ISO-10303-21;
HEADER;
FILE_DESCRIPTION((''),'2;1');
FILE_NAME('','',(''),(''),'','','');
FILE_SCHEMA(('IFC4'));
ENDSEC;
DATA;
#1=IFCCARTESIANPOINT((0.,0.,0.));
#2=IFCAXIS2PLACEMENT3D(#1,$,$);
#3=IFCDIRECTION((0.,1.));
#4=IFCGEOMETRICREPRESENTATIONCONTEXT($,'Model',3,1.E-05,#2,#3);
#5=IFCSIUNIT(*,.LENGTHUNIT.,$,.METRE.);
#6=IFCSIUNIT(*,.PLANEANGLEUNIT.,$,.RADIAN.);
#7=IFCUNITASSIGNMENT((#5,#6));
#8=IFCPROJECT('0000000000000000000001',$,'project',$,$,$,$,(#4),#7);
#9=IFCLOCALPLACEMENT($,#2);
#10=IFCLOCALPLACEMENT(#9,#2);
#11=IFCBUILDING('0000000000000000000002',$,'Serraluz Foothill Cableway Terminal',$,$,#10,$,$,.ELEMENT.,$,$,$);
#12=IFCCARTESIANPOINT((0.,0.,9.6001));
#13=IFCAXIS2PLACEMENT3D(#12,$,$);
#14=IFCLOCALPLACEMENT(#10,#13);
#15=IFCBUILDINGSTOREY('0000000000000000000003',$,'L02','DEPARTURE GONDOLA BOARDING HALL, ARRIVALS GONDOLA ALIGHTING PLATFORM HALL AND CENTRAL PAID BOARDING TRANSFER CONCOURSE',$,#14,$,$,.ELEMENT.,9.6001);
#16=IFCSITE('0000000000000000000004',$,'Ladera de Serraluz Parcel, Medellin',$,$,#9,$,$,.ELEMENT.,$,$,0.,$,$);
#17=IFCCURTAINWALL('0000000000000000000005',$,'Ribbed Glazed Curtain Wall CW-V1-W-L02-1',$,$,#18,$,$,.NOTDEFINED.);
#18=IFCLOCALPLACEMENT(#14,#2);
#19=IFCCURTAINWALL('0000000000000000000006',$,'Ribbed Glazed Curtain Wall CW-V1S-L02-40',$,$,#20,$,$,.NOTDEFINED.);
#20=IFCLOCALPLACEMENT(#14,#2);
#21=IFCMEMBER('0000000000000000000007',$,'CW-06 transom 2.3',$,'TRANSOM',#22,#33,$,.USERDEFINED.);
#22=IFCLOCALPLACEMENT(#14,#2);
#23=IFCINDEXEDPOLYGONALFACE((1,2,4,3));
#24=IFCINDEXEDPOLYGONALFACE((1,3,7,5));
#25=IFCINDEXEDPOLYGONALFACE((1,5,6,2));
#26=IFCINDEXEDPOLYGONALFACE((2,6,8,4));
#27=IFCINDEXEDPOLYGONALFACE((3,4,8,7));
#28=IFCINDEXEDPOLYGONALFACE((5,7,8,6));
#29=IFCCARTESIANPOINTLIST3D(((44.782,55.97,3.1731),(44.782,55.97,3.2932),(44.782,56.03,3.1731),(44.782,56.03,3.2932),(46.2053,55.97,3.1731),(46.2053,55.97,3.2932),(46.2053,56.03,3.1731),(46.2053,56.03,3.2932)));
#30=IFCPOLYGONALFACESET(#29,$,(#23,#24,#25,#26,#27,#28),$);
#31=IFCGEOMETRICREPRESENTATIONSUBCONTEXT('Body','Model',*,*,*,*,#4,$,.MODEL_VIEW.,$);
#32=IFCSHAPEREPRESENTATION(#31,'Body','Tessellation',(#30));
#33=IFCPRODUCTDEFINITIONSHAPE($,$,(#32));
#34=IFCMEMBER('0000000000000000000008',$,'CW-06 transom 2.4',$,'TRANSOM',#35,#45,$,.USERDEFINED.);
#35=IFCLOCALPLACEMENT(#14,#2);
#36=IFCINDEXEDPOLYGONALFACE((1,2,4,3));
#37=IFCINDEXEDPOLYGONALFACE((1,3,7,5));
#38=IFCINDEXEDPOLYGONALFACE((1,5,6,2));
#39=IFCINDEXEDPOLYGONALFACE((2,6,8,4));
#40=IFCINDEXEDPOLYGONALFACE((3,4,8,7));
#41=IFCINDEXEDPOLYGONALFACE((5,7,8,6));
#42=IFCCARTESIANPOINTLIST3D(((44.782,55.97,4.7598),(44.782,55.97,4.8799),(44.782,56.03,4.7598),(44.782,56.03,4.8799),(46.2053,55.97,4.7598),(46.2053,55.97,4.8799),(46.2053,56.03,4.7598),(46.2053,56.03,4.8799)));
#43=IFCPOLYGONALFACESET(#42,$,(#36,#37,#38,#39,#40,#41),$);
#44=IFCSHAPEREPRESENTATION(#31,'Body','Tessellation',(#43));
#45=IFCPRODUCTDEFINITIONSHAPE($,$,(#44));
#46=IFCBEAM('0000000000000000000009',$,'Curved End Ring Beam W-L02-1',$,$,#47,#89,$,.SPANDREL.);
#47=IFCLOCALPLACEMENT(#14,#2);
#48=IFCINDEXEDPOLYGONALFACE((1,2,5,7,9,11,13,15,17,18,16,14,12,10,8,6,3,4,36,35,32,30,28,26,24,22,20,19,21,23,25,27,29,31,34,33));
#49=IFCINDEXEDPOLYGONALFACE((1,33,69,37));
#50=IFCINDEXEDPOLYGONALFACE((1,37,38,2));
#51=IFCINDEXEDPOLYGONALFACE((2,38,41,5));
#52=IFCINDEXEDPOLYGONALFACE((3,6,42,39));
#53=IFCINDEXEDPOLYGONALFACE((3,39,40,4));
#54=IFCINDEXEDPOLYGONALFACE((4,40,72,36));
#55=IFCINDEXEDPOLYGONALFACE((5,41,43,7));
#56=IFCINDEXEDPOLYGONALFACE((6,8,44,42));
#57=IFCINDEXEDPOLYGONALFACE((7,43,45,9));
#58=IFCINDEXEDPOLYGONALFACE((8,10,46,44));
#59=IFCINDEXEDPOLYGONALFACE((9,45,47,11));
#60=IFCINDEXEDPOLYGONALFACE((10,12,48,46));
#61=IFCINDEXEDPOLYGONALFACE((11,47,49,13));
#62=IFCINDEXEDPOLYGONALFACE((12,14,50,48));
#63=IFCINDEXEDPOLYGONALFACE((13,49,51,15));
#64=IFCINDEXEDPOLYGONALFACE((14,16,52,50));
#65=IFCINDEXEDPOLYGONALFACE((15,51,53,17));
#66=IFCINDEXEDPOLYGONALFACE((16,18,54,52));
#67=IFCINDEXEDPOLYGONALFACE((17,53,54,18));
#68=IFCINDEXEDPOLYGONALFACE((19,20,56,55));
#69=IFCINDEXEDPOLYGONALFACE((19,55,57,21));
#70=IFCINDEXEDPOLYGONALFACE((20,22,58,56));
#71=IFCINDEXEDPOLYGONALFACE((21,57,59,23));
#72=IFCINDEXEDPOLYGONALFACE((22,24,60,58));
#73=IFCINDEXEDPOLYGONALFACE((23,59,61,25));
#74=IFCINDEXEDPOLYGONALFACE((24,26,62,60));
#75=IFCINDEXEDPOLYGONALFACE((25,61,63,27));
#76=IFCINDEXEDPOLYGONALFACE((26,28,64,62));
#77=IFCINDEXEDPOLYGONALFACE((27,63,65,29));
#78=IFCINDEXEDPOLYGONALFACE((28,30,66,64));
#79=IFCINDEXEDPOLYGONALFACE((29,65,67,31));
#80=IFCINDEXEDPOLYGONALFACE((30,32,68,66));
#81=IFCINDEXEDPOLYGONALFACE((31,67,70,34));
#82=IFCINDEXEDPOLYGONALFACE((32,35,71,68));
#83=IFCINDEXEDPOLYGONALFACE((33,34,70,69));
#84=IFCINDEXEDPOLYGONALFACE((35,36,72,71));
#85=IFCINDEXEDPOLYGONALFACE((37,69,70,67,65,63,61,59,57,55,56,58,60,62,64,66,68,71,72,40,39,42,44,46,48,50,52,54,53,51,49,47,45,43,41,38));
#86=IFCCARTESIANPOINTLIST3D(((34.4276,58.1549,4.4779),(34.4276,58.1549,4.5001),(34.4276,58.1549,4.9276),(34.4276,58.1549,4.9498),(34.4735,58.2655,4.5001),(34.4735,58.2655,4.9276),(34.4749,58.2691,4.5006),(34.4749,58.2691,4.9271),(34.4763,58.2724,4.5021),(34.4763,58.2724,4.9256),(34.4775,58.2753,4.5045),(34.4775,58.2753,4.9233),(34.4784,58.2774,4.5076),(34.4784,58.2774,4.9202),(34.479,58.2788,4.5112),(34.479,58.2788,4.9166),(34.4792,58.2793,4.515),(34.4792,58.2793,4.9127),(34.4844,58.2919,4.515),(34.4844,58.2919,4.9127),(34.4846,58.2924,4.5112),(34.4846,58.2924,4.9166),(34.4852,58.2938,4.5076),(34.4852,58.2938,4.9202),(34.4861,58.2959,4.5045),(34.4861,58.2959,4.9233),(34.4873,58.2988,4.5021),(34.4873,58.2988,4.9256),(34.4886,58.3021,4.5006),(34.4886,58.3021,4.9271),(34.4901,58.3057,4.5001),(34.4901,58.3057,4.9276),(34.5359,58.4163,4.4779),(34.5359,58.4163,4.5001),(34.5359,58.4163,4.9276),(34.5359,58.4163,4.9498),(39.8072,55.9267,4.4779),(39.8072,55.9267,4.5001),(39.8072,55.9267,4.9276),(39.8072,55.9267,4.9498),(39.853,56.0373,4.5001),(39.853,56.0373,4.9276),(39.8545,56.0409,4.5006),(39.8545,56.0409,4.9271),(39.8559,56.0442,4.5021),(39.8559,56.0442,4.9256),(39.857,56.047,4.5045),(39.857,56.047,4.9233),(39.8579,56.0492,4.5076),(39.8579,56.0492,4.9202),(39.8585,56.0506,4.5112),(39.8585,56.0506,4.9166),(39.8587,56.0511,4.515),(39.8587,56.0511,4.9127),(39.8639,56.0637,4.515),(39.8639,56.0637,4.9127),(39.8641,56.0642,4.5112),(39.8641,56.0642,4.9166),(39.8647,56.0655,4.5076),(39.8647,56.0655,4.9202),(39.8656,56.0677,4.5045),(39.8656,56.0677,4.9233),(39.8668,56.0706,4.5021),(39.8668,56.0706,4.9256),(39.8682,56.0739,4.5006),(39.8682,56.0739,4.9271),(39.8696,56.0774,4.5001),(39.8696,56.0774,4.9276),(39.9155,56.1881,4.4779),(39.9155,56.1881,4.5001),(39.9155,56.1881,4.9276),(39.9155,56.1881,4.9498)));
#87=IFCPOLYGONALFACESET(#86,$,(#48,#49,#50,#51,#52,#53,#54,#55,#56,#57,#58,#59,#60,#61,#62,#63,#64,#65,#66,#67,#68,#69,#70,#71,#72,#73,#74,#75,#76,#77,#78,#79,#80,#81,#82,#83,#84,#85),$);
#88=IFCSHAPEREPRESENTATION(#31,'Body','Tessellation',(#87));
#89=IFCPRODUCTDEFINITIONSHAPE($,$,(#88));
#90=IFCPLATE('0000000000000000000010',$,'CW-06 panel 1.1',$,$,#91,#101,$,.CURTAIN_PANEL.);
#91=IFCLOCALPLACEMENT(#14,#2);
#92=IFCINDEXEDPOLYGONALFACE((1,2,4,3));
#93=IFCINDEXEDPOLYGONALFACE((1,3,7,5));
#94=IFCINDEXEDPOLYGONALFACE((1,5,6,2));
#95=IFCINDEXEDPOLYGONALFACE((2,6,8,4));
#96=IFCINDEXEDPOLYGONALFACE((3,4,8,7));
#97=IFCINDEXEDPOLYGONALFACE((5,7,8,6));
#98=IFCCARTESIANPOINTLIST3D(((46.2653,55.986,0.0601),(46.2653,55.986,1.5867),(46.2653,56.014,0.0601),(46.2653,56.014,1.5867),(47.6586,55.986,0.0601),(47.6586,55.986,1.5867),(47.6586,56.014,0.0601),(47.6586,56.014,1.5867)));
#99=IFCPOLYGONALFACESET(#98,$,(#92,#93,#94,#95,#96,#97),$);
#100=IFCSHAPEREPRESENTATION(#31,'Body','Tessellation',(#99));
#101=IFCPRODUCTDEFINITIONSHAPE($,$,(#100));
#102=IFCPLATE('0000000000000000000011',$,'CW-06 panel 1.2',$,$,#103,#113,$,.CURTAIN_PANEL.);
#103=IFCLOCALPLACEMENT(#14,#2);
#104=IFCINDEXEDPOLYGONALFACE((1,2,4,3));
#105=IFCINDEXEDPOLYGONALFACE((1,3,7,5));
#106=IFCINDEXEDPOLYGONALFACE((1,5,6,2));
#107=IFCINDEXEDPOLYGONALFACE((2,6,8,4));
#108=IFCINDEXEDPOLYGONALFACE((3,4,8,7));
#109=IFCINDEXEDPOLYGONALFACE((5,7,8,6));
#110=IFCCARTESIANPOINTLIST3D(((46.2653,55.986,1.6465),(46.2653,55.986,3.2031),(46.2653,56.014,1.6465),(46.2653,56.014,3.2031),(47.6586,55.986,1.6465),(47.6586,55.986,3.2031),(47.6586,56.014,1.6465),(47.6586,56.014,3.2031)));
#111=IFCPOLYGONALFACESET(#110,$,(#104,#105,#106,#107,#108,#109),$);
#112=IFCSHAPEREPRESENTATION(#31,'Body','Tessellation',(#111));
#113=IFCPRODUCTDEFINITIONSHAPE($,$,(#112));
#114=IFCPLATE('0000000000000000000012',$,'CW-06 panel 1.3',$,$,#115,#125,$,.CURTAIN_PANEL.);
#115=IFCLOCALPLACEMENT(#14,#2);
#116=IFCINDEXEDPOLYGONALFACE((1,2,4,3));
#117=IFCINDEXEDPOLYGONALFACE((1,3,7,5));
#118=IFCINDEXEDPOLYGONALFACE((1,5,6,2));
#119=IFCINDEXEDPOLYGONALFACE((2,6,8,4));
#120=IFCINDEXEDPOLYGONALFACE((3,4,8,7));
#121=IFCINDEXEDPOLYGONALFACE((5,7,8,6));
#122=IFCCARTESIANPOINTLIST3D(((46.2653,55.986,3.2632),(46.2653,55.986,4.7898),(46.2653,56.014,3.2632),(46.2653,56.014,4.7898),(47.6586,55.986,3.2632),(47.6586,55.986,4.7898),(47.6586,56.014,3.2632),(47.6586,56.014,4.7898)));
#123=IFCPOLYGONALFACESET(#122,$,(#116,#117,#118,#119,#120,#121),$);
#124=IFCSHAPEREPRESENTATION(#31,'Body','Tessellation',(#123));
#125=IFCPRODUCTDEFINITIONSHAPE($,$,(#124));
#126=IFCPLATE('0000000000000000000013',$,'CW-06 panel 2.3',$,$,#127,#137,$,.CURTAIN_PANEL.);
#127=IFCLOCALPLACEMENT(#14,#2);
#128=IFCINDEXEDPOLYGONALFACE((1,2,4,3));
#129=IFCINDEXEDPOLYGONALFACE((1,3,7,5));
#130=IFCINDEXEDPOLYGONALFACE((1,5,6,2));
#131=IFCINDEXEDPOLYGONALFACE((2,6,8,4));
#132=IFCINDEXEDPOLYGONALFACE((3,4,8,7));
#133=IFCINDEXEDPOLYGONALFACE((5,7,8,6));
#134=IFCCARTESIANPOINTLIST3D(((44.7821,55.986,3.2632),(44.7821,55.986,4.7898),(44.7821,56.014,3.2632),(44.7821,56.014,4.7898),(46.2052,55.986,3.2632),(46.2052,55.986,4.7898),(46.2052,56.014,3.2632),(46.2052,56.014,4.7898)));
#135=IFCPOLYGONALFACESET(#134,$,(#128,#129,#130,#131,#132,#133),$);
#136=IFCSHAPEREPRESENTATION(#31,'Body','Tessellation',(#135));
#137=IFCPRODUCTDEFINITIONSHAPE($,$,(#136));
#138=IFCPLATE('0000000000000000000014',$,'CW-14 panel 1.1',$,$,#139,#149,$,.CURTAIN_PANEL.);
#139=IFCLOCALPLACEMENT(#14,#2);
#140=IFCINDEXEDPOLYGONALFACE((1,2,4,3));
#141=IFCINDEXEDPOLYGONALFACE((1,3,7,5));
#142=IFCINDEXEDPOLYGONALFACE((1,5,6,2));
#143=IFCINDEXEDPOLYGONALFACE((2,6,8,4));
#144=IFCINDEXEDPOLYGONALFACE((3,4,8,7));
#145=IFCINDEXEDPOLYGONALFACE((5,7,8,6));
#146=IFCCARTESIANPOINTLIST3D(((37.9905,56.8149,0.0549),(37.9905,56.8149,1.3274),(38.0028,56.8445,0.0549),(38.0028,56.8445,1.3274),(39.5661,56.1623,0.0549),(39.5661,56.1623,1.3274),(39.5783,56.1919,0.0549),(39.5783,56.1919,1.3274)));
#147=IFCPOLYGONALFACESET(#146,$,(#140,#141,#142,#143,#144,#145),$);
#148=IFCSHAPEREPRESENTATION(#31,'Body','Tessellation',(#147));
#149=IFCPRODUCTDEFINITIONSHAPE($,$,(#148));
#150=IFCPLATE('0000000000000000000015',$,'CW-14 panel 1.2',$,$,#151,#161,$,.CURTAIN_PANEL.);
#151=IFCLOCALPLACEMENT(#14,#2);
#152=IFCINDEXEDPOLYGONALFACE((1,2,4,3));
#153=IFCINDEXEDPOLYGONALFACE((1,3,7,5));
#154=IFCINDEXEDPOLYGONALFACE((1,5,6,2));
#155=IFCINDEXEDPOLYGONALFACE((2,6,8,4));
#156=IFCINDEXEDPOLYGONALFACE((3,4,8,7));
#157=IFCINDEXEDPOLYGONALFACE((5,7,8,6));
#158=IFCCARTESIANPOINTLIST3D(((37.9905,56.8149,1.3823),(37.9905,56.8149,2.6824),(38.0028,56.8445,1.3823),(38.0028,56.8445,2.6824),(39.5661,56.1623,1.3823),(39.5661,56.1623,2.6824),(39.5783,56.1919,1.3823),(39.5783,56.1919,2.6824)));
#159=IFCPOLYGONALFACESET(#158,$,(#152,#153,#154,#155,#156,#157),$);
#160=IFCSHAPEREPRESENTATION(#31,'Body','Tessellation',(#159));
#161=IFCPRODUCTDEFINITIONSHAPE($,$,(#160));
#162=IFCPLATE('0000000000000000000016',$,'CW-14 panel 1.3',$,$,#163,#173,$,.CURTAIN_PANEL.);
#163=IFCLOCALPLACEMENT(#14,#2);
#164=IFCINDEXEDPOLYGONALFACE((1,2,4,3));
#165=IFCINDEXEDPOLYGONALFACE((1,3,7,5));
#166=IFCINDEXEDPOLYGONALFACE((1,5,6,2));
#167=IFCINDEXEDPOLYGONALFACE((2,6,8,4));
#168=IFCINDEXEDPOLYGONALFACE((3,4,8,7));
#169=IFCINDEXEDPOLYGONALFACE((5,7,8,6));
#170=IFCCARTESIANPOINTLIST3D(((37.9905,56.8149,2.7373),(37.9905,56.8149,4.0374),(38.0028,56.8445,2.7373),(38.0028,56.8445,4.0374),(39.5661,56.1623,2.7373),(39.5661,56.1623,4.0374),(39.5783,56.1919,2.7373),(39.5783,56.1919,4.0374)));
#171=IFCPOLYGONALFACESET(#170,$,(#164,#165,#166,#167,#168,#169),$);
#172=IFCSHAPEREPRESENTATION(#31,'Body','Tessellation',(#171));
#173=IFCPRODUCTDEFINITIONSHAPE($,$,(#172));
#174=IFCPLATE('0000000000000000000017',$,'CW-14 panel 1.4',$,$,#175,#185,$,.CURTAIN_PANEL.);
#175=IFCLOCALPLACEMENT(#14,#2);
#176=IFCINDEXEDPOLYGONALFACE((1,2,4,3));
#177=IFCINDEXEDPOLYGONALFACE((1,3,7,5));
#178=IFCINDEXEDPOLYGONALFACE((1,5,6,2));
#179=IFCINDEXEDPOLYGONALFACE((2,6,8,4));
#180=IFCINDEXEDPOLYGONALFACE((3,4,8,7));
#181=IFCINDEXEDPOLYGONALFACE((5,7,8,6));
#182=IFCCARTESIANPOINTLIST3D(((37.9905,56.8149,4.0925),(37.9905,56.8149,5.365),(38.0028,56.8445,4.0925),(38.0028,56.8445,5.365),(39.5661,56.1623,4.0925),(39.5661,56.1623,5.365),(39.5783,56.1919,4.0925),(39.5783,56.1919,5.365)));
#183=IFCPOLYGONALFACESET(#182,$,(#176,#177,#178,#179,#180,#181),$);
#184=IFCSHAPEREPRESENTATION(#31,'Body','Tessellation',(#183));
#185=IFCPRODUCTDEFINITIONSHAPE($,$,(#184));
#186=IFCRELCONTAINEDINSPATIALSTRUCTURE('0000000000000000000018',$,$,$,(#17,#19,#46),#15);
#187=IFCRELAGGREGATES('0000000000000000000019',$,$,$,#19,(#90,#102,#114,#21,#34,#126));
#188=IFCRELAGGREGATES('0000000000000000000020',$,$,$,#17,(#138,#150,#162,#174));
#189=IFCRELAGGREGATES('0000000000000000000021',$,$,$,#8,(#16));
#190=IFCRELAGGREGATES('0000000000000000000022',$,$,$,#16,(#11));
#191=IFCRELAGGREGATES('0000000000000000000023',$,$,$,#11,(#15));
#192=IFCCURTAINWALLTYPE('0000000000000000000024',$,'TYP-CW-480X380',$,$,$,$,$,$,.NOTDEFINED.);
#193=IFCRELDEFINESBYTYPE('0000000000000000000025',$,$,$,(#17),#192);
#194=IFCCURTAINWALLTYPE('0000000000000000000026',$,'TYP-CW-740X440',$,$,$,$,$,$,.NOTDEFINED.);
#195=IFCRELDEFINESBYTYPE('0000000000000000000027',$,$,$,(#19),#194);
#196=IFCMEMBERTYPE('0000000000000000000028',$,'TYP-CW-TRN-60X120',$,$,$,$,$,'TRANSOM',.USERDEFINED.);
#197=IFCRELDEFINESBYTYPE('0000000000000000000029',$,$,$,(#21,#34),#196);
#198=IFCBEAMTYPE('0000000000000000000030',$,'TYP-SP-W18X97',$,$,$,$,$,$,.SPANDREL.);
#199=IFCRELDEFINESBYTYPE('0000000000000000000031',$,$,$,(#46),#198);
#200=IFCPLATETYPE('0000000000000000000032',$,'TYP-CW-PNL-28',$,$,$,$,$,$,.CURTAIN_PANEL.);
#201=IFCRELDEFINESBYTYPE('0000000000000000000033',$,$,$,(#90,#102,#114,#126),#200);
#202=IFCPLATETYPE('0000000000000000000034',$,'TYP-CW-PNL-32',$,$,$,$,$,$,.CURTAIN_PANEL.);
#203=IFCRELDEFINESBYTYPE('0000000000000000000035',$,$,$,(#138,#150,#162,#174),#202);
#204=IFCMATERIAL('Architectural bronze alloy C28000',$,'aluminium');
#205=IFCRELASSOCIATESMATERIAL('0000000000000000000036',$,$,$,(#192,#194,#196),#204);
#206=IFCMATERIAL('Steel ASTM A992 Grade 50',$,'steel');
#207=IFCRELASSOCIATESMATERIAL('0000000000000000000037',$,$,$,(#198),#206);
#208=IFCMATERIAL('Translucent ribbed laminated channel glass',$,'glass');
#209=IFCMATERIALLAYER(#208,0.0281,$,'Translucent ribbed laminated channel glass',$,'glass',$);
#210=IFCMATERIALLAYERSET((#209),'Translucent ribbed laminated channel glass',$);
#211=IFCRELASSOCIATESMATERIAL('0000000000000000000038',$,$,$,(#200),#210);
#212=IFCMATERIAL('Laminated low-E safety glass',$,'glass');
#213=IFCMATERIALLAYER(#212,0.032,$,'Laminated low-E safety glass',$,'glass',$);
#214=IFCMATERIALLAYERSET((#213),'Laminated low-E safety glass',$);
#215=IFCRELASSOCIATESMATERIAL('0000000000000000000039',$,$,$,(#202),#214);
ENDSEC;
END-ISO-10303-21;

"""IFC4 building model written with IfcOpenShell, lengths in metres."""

from ifc_helpers import new_model, si_unit, direction, frame, origin, origin_2d, place, context, subcontext, project, spatial, rectangle, i_section, extrude, material, layer, layer_set, material_profile, profile_set, type_object, element, aggregate, save


model = new_model("IFC4")

# Units and contexts
model_context = context("Model", 3, precision=1e-05, world=origin(), true_north=direction((0.0, 1.0)))
body_context = subcontext(model_context, "Body", "Model", "MODEL_VIEW")
ifc_project = project(units=[si_unit("LENGTHUNIT", "METRE"), si_unit("PLANEANGLEUNIT", "RADIAN")], contexts=[model_context])

# Site, building, storey
site_placement = place(None, origin())
site = spatial("IfcSite", under=ifc_project, at=site_placement, Name="Ladera de Serraluz Parcel, Medellin", CompositionType="ELEMENT", RefElevation=0.0)
building_placement = place(site_placement, origin())
building = spatial("IfcBuilding", under=site, at=building_placement, Name="Serraluz Foothill Cableway Terminal", CompositionType="ELEMENT")
storey_placement = place(building_placement, frame((0.0, 0.0, 9.6001)))
storey = spatial("IfcBuildingStorey", under=building, at=storey_placement, Name="L02", Description="DEPARTURE GONDOLA BOARDING HALL, ARRIVALS GONDOLA ALIGHTING PLATFORM HALL AND CENTRAL PAID BOARDING TRANSFER CONCOURSE", CompositionType="ELEMENT", Elevation=9.6001)

# Curtain wall
ifc_material_1 = material(Name="Architectural bronze alloy C28000", Category="aluminium")
curtain_wall_type_1 = type_object("IfcCurtainWallType", Name="TYP-CW-480X380", PredefinedType="NOTDEFINED", material=ifc_material_1)
curtain_wall_1_placement = place(storey_placement, origin())
curtain_wall_1 = element("IfcCurtainWall", 1, at=curtain_wall_1_placement, inside=storey, type_object=curtain_wall_type_1, Name="Ribbed Glazed Curtain Wall CW-V1-W-L02-1", PredefinedType="NOTDEFINED")

# Curtain wall
curtain_wall_type_2 = type_object("IfcCurtainWallType", Name="TYP-CW-740X440", PredefinedType="NOTDEFINED", material=ifc_material_1)
curtain_wall_2_placement = place(storey_placement, origin())
curtain_wall_2 = element("IfcCurtainWall", 2, at=curtain_wall_2_placement, inside=storey, type_object=curtain_wall_type_2, Name="Ribbed Glazed Curtain Wall CW-V1S-L02-40", PredefinedType="NOTDEFINED")

# Members
ifc_material_profile_1 = material_profile(ifc_material_1, rectangle(XDim=0.0601, YDim=0.1201, at=origin_2d()), Name="ALU TRANSOM 60x120")
ifc_profile_set_1 = profile_set([ifc_material_profile_1], Name="Architectural bronze alloy C28000")
member_type_1 = type_object("IfcMemberType", Name="TYP-CW-TRN-60X120", ElementType="TRANSOM", PredefinedType="USERDEFINED", material=ifc_profile_set_1)
member_1_placement = place(storey_placement, frame((46.2053, 56.0, 3.2332), z_axis=(-1.0, 0.0, 0.0), x_axis=(0.0, -1.0, 0.0)))
member_1 = element("IfcMember", 3, at=member_1_placement, type_object=member_type_1, Name="CW-06 transom 2.3", ObjectType="TRANSOM", PredefinedType="USERDEFINED", context=body_context, shape_type="SweptSolid", body=[
    extrude(rectangle(XDim=0.0601, YDim=0.1201, at=origin_2d()), origin(), (0.0, 0.0, 1.0), 1.4233),
])
member_2_placement = place(storey_placement, frame((46.2053, 56.0, 4.8198), z_axis=(-1.0, 0.0, 0.0), x_axis=(0.0, -1.0, 0.0)))
member_2 = element("IfcMember", 4, at=member_2_placement, type_object=member_type_1, Name="CW-06 transom 2.4", ObjectType="TRANSOM", PredefinedType="USERDEFINED", context=body_context, shape_type="SweptSolid", body=[
    extrude(rectangle(XDim=0.0601, YDim=0.1201, at=origin_2d()), origin(), (0.0, 0.0, 1.0), 1.4233),
])

# Beam
ifc_material_2 = material(Name="Steel ASTM A992 Grade 50", Category="steel")
ifc_material_profile_2 = material_profile(ifc_material_2, i_section(OverallWidth=0.283, OverallDepth=0.4719, WebThickness=0.0137, FlangeThickness=0.0222, FilletRadius=0.0149, at=origin_2d()), Name="W18X97")
ifc_profile_set_2 = profile_set([ifc_material_profile_2], Name="Steel ASTM A992 Grade 50")
beam_type = type_object("IfcBeamType", Name="TYP-SP-W18X97", PredefinedType="SPANDREL", material=ifc_profile_set_2)
beam_placement = place(storey_placement, frame((39.8613, 56.0574, 4.7139), z_axis=(-0.923882, 0.382676, 0.0), x_axis=(-0.382676, -0.923882, 0.0)))
element("IfcBeam", 5, at=beam_placement, inside=storey, type_object=beam_type, Name="Curved End Ring Beam W-L02-1", PredefinedType="SPANDREL", context=body_context, shape_type="SweptSolid", body=[
    extrude(i_section(OverallWidth=0.283, OverallDepth=0.4719, WebThickness=0.0137, FlangeThickness=0.0222, FilletRadius=0.0149, at=origin_2d()), origin(), (0.0, 0.0, 1.0), 5.8228),
])

# Plates
ifc_material_3 = material(Name="Translucent ribbed laminated channel glass", Category="glass")
ifc_layer_1 = layer(ifc_material_3, 0.0281, Name="Translucent ribbed laminated channel glass", Category="glass")
ifc_layer_set_1 = layer_set([ifc_layer_1], Name="Translucent ribbed laminated channel glass")
plate_type_1 = type_object("IfcPlateType", Name="TYP-CW-PNL-28", PredefinedType="CURTAIN_PANEL", material=ifc_layer_set_1)
plate_1_placement = place(storey_placement, frame((46.9619, 56.0, 0.0601), z_axis=(0.0, 0.0, 1.0), x_axis=(-1.0, 0.0, 0.0)))
plate_1 = element("IfcPlate", 6, at=plate_1_placement, type_object=plate_type_1, Name="CW-06 panel 1.1", PredefinedType="CURTAIN_PANEL", context=body_context, shape_type="SweptSolid", body=[
    extrude(rectangle(XDim=1.3933, YDim=0.0281, at=origin_2d()), origin(), (0.0, 0.0, 1.0), 1.5266),
])
plate_2_placement = place(storey_placement, frame((46.9619, 56.0, 1.6465), z_axis=(0.0, 0.0, 1.0), x_axis=(-1.0, 0.0, 0.0)))
plate_2 = element("IfcPlate", 7, at=plate_2_placement, type_object=plate_type_1, Name="CW-06 panel 1.2", PredefinedType="CURTAIN_PANEL", context=body_context, shape_type="SweptSolid", body=[
    extrude(rectangle(XDim=1.3933, YDim=0.0281, at=origin_2d()), origin(), (0.0, 0.0, 1.0), 1.5566),
])
plate_3_placement = place(storey_placement, frame((46.9619, 56.0, 3.2632), z_axis=(0.0, 0.0, 1.0), x_axis=(-1.0, 0.0, 0.0)))
plate_3 = element("IfcPlate", 8, at=plate_3_placement, type_object=plate_type_1, Name="CW-06 panel 1.3", PredefinedType="CURTAIN_PANEL", context=body_context, shape_type="SweptSolid", body=[
    extrude(rectangle(XDim=1.3933, YDim=0.0281, at=origin_2d()), origin(), (0.0, 0.0, 1.0), 1.5266),
])
plate_4_placement = place(storey_placement, frame((45.4937, 56.0, 3.2632), z_axis=(0.0, 0.0, 1.0), x_axis=(-1.0, 0.0, 0.0)))
plate_4 = element("IfcPlate", 9, at=plate_4_placement, type_object=plate_type_1, Name="CW-06 panel 2.3", PredefinedType="CURTAIN_PANEL", context=body_context, shape_type="SweptSolid", body=[
    extrude(rectangle(XDim=1.4231, YDim=0.0281, at=origin_2d()), origin(), (0.0, 0.0, 1.0), 1.5266),
])
aggregate(curtain_wall_2, [plate_1, plate_2, plate_3, member_1, member_2, plate_4])
ifc_material_4 = material(Name="Laminated low-E safety glass", Category="glass")
ifc_layer_2 = layer(ifc_material_4, 0.032, Name="Laminated low-E safety glass", Category="glass")
ifc_layer_set_2 = layer_set([ifc_layer_2], Name="Laminated low-E safety glass")
plate_type_2 = type_object("IfcPlateType", Name="TYP-CW-PNL-32", PredefinedType="CURTAIN_PANEL", material=ifc_layer_set_2)
plate_5_placement = place(storey_placement, frame((38.7844, 56.5034, 0.0549), z_axis=(0.0, 0.0, 1.0), x_axis=(-0.92388, 0.382682, 0.0)))
plate_5 = element("IfcPlate", 10, at=plate_5_placement, type_object=plate_type_2, Name="CW-14 panel 1.1", PredefinedType="CURTAIN_PANEL", context=body_context, shape_type="SweptSolid", body=[
    extrude(rectangle(XDim=1.7053, YDim=0.032, at=origin_2d()), origin(), (0.0, 0.0, 1.0), 1.2725),
])
plate_6_placement = place(storey_placement, frame((38.7844, 56.5034, 1.3823), z_axis=(0.0, 0.0, 1.0), x_axis=(-0.92388, 0.382682, 0.0)))
plate_6 = element("IfcPlate", 11, at=plate_6_placement, type_object=plate_type_2, Name="CW-14 panel 1.2", PredefinedType="CURTAIN_PANEL", context=body_context, shape_type="SweptSolid", body=[
    extrude(rectangle(XDim=1.7053, YDim=0.032, at=origin_2d()), origin(), (0.0, 0.0, 1.0), 1.3),
])
plate_7_placement = place(storey_placement, frame((38.7844, 56.5034, 2.7373), z_axis=(0.0, 0.0, 1.0), x_axis=(-0.92388, 0.382682, 0.0)))
plate_7 = element("IfcPlate", 12, at=plate_7_placement, type_object=plate_type_2, Name="CW-14 panel 1.3", PredefinedType="CURTAIN_PANEL", context=body_context, shape_type="SweptSolid", body=[
    extrude(rectangle(XDim=1.7053, YDim=0.032, at=origin_2d()), origin(), (0.0, 0.0, 1.0), 1.3),
])
plate_8_placement = place(storey_placement, frame((38.7844, 56.5034, 4.0925), z_axis=(0.0, 0.0, 1.0), x_axis=(-0.92388, 0.382682, 0.0)))
plate_8 = element("IfcPlate", 13, at=plate_8_placement, type_object=plate_type_2, Name="CW-14 panel 1.4", PredefinedType="CURTAIN_PANEL", context=body_context, shape_type="SweptSolid", body=[
    extrude(rectangle(XDim=1.7053, YDim=0.032, at=origin_2d()), origin(), (0.0, 0.0, 1.0), 1.2725),
])
aggregate(curtain_wall_1, [plate_5, plate_6, plate_7, plate_8])

save(model, "model.ifc")
